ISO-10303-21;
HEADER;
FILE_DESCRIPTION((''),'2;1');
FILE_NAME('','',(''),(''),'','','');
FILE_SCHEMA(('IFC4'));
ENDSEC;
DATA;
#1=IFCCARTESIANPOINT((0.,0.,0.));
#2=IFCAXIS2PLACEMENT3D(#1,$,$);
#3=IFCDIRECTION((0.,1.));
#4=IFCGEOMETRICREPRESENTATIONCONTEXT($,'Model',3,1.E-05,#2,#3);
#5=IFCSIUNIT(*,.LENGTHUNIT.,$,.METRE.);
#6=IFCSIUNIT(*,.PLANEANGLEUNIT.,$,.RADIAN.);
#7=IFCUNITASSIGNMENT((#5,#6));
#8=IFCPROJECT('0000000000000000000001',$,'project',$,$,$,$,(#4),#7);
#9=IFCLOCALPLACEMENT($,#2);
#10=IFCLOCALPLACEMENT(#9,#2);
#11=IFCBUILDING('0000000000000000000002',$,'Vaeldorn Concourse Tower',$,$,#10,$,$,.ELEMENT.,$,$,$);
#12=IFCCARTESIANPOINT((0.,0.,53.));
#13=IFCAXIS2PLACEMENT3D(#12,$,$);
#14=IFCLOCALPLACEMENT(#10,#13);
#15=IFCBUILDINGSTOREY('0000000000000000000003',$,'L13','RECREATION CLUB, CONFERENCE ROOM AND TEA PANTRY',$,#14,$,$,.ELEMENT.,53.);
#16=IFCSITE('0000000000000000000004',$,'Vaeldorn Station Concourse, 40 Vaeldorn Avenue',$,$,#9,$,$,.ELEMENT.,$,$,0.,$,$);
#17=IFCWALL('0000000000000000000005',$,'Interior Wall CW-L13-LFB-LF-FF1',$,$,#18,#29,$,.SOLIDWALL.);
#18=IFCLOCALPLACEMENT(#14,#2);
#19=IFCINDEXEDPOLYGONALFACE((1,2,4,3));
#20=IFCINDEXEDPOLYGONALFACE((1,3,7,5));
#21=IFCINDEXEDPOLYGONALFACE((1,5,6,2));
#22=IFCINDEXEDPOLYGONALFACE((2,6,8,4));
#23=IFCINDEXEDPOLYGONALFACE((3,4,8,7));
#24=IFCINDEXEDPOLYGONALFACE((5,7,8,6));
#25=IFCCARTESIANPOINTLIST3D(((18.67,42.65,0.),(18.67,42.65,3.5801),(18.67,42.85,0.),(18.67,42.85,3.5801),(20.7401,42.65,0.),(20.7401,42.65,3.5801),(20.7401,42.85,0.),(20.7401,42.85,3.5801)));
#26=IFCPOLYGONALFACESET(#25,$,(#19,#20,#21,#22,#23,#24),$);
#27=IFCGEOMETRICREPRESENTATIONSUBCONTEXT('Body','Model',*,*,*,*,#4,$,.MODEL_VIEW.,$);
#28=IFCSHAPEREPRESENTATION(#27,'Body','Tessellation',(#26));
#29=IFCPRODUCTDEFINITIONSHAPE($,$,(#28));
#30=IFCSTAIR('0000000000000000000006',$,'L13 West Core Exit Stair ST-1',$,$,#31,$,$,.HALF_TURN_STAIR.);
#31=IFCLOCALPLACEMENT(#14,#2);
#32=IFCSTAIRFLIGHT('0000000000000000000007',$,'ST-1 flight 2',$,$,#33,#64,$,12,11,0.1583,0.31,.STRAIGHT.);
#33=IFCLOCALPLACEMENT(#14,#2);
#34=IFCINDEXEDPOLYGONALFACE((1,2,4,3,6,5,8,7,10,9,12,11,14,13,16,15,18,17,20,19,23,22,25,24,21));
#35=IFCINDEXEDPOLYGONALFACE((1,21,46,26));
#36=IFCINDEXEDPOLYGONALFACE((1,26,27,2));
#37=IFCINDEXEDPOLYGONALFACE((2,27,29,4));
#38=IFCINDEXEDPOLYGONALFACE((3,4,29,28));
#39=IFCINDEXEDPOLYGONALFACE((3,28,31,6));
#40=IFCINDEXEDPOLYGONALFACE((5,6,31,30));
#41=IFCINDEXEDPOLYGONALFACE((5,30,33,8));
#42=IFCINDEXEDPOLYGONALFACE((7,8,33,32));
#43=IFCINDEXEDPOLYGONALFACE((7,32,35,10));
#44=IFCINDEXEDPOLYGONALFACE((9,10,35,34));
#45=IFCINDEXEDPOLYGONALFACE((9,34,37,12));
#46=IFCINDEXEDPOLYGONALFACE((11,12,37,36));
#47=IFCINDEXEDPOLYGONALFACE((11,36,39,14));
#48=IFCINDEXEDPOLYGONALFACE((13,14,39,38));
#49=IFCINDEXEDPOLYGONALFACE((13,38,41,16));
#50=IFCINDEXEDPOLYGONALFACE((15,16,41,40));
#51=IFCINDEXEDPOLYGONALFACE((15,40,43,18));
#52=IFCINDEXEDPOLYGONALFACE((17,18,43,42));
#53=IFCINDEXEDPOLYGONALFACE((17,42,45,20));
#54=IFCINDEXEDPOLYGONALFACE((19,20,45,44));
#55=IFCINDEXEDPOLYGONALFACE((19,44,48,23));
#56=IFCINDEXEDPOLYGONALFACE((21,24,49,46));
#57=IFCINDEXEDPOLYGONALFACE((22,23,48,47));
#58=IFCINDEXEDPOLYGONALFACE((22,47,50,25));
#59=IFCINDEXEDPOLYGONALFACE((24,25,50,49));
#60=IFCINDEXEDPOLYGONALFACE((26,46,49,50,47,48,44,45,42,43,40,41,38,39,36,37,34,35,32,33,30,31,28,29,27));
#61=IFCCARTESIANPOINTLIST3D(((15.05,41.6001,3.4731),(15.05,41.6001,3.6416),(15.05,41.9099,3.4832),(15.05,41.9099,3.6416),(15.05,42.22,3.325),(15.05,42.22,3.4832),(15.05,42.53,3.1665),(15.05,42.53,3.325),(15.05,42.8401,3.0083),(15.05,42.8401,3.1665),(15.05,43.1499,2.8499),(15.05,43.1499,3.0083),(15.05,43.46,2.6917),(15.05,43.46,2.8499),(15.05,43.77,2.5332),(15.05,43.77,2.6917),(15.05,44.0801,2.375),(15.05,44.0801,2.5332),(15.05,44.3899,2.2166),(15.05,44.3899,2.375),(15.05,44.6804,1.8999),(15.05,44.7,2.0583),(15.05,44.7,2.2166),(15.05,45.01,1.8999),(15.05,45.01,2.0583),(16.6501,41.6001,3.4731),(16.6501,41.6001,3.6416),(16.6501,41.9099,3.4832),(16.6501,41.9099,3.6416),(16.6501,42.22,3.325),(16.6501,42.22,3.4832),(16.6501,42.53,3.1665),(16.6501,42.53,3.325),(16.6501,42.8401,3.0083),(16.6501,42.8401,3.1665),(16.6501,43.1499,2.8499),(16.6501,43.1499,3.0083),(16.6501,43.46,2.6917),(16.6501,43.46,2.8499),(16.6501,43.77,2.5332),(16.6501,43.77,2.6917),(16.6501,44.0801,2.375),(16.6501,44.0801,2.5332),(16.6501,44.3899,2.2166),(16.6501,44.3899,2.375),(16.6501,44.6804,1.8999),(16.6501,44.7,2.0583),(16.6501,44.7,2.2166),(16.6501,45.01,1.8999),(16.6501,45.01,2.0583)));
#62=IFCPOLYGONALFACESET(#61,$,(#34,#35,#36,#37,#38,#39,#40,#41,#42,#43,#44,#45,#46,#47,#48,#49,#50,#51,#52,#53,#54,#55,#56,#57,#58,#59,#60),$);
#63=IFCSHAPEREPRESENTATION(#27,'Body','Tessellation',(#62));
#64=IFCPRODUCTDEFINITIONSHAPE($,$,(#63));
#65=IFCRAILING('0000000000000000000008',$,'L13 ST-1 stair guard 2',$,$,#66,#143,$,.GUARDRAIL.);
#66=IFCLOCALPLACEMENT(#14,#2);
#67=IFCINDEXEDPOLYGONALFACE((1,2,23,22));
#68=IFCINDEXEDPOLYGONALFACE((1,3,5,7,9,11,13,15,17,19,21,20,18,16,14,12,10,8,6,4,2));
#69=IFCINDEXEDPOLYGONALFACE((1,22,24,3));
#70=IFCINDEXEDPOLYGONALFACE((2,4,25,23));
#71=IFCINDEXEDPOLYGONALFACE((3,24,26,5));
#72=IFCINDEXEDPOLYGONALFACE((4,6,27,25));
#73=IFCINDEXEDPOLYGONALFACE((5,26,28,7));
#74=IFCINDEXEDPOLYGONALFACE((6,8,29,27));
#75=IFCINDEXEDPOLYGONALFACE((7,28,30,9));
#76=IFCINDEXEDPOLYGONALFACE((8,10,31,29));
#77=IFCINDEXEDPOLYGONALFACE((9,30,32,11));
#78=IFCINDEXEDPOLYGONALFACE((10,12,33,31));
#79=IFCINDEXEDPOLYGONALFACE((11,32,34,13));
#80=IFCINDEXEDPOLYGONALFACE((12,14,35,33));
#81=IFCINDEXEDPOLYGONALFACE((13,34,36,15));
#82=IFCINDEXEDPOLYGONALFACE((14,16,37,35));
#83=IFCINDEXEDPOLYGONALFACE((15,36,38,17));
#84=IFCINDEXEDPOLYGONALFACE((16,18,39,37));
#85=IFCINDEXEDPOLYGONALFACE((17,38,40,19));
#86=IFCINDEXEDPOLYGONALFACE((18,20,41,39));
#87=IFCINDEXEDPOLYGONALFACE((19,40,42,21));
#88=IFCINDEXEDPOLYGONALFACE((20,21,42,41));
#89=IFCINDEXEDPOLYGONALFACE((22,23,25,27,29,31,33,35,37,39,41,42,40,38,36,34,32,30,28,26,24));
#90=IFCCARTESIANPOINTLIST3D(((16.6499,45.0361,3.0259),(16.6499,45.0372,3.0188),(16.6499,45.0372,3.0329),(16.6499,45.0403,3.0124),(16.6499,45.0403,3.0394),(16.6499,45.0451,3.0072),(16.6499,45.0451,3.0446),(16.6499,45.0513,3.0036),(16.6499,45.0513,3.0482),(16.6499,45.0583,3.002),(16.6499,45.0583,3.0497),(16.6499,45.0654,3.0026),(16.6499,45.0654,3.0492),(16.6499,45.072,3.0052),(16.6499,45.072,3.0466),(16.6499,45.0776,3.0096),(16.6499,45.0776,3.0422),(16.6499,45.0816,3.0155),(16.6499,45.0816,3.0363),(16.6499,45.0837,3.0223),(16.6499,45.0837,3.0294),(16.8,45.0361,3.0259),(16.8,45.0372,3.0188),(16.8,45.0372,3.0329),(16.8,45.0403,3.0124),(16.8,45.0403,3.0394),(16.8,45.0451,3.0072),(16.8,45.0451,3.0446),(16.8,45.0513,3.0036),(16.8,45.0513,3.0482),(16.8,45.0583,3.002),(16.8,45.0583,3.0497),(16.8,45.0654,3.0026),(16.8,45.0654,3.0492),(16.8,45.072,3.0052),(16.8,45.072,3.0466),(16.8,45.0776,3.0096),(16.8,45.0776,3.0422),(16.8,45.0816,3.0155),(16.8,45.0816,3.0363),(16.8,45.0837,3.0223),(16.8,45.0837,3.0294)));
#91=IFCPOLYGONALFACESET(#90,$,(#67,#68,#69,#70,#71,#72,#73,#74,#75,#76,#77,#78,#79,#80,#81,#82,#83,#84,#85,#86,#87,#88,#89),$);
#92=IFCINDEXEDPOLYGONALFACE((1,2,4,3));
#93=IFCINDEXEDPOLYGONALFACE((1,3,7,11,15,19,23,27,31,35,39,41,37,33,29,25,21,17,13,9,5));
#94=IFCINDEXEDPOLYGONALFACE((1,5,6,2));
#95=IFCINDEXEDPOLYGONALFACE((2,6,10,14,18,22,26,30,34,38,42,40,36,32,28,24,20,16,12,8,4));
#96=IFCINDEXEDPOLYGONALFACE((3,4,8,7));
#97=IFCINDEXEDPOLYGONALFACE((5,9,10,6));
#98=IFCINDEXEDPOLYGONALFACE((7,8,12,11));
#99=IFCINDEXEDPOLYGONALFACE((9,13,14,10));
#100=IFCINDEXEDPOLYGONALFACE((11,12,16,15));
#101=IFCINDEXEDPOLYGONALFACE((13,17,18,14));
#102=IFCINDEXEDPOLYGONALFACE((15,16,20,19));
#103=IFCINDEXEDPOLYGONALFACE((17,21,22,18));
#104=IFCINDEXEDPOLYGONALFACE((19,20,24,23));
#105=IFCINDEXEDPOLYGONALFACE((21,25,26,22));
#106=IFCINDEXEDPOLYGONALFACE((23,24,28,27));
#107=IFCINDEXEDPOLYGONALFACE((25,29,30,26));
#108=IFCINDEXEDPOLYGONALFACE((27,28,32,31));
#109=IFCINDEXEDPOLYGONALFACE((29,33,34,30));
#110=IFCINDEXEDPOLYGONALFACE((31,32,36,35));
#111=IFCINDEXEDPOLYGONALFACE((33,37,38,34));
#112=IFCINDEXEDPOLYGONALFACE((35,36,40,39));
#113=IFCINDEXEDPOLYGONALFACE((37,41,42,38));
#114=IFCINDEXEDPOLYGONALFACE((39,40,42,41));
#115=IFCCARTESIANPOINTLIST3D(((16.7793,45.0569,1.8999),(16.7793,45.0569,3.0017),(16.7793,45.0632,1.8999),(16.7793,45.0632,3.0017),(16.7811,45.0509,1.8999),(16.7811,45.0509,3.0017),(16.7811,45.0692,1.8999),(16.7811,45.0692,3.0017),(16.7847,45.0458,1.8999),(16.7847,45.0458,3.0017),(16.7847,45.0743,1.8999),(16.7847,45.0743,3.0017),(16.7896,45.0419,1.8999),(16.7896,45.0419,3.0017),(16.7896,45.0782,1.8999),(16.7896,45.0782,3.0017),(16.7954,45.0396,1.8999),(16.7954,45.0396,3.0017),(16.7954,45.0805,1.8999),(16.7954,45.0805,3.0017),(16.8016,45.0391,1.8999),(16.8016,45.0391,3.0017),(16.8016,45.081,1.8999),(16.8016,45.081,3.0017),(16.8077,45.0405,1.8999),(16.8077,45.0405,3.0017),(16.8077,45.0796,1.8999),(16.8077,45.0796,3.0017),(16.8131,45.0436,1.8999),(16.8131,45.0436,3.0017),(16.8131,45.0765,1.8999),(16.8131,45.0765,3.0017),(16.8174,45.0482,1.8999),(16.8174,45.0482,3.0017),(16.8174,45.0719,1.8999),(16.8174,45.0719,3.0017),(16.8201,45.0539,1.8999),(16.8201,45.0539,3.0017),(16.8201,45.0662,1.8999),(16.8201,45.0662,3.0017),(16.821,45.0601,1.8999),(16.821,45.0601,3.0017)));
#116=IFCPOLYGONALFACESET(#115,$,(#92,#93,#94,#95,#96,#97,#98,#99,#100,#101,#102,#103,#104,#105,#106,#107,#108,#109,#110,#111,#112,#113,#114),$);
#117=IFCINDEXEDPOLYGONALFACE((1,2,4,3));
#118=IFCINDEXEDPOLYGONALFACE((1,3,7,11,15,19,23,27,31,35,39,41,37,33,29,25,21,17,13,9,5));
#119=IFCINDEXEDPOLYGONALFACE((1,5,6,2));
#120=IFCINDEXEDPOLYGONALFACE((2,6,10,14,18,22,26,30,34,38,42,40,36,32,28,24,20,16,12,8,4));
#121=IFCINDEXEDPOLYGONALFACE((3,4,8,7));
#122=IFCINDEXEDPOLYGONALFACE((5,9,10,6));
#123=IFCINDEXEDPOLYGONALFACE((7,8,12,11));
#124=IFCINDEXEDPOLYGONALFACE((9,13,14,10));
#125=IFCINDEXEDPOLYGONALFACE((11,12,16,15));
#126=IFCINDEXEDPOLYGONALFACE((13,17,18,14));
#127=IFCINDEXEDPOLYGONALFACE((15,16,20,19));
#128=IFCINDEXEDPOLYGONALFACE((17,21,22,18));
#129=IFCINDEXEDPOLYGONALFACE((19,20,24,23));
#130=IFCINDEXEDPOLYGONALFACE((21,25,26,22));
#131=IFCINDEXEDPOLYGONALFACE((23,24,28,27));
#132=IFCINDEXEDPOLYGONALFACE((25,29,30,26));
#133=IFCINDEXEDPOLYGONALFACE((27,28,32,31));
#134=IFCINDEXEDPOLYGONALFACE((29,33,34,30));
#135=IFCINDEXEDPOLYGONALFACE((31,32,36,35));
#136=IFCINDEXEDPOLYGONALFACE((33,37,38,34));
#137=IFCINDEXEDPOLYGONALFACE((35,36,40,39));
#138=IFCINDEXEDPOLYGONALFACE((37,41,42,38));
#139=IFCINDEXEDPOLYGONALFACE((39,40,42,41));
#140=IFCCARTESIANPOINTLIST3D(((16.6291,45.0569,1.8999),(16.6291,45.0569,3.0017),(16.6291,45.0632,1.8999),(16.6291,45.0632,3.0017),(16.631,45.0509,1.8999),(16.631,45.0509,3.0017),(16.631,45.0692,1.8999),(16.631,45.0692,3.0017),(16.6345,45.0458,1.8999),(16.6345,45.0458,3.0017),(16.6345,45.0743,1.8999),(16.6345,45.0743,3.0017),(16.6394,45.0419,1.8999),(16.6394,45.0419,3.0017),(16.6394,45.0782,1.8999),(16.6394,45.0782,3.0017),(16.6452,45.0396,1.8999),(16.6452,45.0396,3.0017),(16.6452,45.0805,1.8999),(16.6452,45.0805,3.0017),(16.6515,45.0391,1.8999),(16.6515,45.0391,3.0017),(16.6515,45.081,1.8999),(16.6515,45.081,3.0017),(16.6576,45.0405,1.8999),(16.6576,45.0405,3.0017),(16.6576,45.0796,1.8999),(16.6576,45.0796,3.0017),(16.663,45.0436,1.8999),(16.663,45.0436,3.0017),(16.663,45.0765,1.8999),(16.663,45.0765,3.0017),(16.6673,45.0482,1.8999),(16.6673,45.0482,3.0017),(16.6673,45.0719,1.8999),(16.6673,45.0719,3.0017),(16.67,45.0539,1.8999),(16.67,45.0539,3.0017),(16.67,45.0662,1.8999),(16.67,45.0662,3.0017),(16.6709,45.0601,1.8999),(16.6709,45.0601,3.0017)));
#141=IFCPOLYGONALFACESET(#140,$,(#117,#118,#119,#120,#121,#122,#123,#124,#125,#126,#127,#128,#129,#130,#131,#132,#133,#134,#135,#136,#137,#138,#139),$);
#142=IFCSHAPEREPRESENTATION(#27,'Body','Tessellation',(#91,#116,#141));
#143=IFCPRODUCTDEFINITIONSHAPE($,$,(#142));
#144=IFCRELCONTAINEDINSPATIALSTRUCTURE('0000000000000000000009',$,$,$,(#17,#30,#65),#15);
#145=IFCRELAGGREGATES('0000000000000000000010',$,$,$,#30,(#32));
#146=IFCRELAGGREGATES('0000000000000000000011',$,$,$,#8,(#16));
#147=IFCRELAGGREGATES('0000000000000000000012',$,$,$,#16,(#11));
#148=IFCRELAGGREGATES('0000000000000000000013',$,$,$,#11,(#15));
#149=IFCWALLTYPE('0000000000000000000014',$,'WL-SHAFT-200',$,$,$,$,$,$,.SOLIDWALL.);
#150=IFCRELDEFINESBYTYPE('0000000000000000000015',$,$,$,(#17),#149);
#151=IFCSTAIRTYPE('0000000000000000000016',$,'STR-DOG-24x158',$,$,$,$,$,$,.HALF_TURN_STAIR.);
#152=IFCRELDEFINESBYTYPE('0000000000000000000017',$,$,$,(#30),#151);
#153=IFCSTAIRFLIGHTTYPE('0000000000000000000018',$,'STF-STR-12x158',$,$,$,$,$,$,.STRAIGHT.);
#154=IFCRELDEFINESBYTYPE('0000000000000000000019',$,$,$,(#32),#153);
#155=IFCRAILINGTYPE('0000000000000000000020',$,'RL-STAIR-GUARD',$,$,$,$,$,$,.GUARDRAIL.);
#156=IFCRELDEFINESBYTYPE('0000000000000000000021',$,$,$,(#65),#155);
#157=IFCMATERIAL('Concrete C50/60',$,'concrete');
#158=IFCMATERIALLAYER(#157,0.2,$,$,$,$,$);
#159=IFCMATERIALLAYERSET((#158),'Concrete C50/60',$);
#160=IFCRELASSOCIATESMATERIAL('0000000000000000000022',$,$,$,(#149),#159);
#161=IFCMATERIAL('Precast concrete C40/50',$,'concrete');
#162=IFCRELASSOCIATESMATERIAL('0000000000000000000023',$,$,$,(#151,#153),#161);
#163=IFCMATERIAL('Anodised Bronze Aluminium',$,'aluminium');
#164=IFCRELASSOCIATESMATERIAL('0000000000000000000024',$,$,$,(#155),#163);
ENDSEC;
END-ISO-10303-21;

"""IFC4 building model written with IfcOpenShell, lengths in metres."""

from ifc_helpers import new_model, si_unit, direction, frame, frame_2d, origin, origin_2d, place, context, subcontext, project, spatial, polyline, rectangle, circle, outline, extrude, material, layer, layer_set, type_object, element, aggregate, save


model = new_model("IFC4")

# Units and contexts
model_context = context("Model", 3, precision=1e-05, world=origin(), true_north=direction((0.0, 1.0)))
body_context = subcontext(model_context, "Body", "Model", "MODEL_VIEW")
ifc_project = project(units=[si_unit("LENGTHUNIT", "METRE"), si_unit("PLANEANGLEUNIT", "RADIAN")], contexts=[model_context])

# Site, building, storey
site_placement = place(None, origin())
site = spatial("IfcSite", under=ifc_project, at=site_placement, Name="Vaeldorn Station Concourse, 40 Vaeldorn Avenue", CompositionType="ELEMENT", RefElevation=0.0)
building_placement = place(site_placement, origin())
building = spatial("IfcBuilding", under=site, at=building_placement, Name="Vaeldorn Concourse Tower", CompositionType="ELEMENT")
storey_placement = place(building_placement, frame((0.0, 0.0, 53.0)))
storey = spatial("IfcBuildingStorey", under=building, at=storey_placement, Name="L13", Description="RECREATION CLUB, CONFERENCE ROOM AND TEA PANTRY", CompositionType="ELEMENT", Elevation=53.0)

# Shared definitions
ifc_material_1 = material(Name="Concrete C50/60", Category="concrete")
ifc_layer_1 = layer(ifc_material_1, 0.2)
ifc_layer_set_1 = layer_set([ifc_layer_1], Name="Concrete C50/60")
wall_type_1 = type_object("IfcWallType", Name="WL-SHAFT-200", PredefinedType="SOLIDWALL", material=ifc_layer_set_1)

# Shared definitions
ifc_material_2 = material(Name="Anodised Bronze Aluminium", Category="aluminium")

# Wall
for number, where, z_axis, x_axis, name in (
    (1, (18.6699, 42.75, 0.0), (0.0, 0.0, 1.0), (1.0, 0.0, 0.0), "Interior Wall CW-L13-LFB-LF-FF1"),
):
    element("IfcWall", number, at=place(storey_placement, frame(where, z_axis=z_axis, x_axis=x_axis)), inside=storey, type_object=wall_type_1, Name=name, PredefinedType="SOLIDWALL", context=body_context, shape_type="SweptSolid", body=[
        extrude(rectangle(XDim=2.0701, YDim=0.2, at=frame_2d((1.0352, 0.0))), origin(), (0.0, 0.0, 1.0), 3.5801),
    ])

# Stair, stair flight
ifc_material_3 = material(Name="Precast concrete C40/50", Category="concrete")
stair_type = type_object("IfcStairType", Name="STR-DOG-24x158", PredefinedType="HALF_TURN_STAIR", material=ifc_material_3)
stair_placement = place(storey_placement, origin())
stair = element("IfcStair", 2, at=stair_placement, inside=storey, type_object=stair_type, Name="L13 West Core Exit Stair ST-1", PredefinedType="HALF_TURN_STAIR")
stair_flight_type = type_object("IfcStairFlightType", Name="STF-STR-12x158", PredefinedType="STRAIGHT", material=ifc_material_3)
stair_flight_placement = place(storey_placement, frame((15.8501, 45.01, 1.8999), z_axis=(0.0, 0.0, 1.0), x_axis=(0.0, -1.0, 0.0)))
stair_flight = element("IfcStairFlight", 3, at=stair_flight_placement, type_object=stair_flight_type, Name="ST-1 flight 2", NumberOfRisers=12, NumberOfTreads=11, PredefinedType="STRAIGHT", RiserHeight=0.1583, TreadLength=0.31, context=body_context, shape_type="SweptSolid", body=[
    extrude(outline(polyline([(0.0, 0.0), (0.0, 0.1584), (0.3101, 0.1584), (0.3101, 0.3167), (0.6201, 0.3167), (0.6201, 0.4751), (0.9299, 0.4751), (0.9299, 0.6333), (1.24, 0.6333), (1.24, 0.7917), (1.55, 0.7917), (1.55, 0.95), (1.8601, 0.95), (1.8601, 1.1084), (2.1699, 1.1084), (2.1699, 1.2666), (2.48, 1.2666), (2.48, 1.425), (2.79, 1.425), (2.79, 1.5833), (3.1001, 1.5833), (3.1001, 1.7417), (3.4099, 1.7417), (3.4099, 1.8999), (3.4099, 1.5732), (0.3296, 0.0), (0.0, 0.0)])), frame((0.0, 0.8, 0.0), z_axis=(0.0, -1.0, 0.0), x_axis=(1.0, 0.0, 0.0)), (0.0, 0.0, 1.0), 1.6001),
])
aggregate(stair, [stair_flight])

# Railing
railing_type_1 = type_object("IfcRailingType", Name="RL-STAIR-GUARD", PredefinedType="GUARDRAIL", material=ifc_material_2)
railing_1_placement = place(storey_placement, frame((16.8, 45.0601, 1.8999)))
element("IfcRailing", 4, at=railing_1_placement, inside=storey, type_object=railing_type_1, Name="L13 ST-1 stair guard 2", PredefinedType="GUARDRAIL", context=body_context, shape_type="SweptSolid", body=[
    extrude(circle(Radius=0.0239, at=origin_2d()), frame((0.0, 0.0, 1.126), z_axis=(-1.0, 0.0, 0.0), x_axis=(0.0, -1.0, 0.0)), (0.0, 0.0, 1.0), 0.1501),
    extrude(circle(Radius=0.021, at=origin_2d()), origin(), (0.0, 0.0, 1.0), 1.1018),
    extrude(circle(Radius=0.021, at=origin_2d()), frame((-0.1501, 0.0, 0.0)), (0.0, 0.0, 1.0), 1.1018),
])

save(model, "model.ifc")
